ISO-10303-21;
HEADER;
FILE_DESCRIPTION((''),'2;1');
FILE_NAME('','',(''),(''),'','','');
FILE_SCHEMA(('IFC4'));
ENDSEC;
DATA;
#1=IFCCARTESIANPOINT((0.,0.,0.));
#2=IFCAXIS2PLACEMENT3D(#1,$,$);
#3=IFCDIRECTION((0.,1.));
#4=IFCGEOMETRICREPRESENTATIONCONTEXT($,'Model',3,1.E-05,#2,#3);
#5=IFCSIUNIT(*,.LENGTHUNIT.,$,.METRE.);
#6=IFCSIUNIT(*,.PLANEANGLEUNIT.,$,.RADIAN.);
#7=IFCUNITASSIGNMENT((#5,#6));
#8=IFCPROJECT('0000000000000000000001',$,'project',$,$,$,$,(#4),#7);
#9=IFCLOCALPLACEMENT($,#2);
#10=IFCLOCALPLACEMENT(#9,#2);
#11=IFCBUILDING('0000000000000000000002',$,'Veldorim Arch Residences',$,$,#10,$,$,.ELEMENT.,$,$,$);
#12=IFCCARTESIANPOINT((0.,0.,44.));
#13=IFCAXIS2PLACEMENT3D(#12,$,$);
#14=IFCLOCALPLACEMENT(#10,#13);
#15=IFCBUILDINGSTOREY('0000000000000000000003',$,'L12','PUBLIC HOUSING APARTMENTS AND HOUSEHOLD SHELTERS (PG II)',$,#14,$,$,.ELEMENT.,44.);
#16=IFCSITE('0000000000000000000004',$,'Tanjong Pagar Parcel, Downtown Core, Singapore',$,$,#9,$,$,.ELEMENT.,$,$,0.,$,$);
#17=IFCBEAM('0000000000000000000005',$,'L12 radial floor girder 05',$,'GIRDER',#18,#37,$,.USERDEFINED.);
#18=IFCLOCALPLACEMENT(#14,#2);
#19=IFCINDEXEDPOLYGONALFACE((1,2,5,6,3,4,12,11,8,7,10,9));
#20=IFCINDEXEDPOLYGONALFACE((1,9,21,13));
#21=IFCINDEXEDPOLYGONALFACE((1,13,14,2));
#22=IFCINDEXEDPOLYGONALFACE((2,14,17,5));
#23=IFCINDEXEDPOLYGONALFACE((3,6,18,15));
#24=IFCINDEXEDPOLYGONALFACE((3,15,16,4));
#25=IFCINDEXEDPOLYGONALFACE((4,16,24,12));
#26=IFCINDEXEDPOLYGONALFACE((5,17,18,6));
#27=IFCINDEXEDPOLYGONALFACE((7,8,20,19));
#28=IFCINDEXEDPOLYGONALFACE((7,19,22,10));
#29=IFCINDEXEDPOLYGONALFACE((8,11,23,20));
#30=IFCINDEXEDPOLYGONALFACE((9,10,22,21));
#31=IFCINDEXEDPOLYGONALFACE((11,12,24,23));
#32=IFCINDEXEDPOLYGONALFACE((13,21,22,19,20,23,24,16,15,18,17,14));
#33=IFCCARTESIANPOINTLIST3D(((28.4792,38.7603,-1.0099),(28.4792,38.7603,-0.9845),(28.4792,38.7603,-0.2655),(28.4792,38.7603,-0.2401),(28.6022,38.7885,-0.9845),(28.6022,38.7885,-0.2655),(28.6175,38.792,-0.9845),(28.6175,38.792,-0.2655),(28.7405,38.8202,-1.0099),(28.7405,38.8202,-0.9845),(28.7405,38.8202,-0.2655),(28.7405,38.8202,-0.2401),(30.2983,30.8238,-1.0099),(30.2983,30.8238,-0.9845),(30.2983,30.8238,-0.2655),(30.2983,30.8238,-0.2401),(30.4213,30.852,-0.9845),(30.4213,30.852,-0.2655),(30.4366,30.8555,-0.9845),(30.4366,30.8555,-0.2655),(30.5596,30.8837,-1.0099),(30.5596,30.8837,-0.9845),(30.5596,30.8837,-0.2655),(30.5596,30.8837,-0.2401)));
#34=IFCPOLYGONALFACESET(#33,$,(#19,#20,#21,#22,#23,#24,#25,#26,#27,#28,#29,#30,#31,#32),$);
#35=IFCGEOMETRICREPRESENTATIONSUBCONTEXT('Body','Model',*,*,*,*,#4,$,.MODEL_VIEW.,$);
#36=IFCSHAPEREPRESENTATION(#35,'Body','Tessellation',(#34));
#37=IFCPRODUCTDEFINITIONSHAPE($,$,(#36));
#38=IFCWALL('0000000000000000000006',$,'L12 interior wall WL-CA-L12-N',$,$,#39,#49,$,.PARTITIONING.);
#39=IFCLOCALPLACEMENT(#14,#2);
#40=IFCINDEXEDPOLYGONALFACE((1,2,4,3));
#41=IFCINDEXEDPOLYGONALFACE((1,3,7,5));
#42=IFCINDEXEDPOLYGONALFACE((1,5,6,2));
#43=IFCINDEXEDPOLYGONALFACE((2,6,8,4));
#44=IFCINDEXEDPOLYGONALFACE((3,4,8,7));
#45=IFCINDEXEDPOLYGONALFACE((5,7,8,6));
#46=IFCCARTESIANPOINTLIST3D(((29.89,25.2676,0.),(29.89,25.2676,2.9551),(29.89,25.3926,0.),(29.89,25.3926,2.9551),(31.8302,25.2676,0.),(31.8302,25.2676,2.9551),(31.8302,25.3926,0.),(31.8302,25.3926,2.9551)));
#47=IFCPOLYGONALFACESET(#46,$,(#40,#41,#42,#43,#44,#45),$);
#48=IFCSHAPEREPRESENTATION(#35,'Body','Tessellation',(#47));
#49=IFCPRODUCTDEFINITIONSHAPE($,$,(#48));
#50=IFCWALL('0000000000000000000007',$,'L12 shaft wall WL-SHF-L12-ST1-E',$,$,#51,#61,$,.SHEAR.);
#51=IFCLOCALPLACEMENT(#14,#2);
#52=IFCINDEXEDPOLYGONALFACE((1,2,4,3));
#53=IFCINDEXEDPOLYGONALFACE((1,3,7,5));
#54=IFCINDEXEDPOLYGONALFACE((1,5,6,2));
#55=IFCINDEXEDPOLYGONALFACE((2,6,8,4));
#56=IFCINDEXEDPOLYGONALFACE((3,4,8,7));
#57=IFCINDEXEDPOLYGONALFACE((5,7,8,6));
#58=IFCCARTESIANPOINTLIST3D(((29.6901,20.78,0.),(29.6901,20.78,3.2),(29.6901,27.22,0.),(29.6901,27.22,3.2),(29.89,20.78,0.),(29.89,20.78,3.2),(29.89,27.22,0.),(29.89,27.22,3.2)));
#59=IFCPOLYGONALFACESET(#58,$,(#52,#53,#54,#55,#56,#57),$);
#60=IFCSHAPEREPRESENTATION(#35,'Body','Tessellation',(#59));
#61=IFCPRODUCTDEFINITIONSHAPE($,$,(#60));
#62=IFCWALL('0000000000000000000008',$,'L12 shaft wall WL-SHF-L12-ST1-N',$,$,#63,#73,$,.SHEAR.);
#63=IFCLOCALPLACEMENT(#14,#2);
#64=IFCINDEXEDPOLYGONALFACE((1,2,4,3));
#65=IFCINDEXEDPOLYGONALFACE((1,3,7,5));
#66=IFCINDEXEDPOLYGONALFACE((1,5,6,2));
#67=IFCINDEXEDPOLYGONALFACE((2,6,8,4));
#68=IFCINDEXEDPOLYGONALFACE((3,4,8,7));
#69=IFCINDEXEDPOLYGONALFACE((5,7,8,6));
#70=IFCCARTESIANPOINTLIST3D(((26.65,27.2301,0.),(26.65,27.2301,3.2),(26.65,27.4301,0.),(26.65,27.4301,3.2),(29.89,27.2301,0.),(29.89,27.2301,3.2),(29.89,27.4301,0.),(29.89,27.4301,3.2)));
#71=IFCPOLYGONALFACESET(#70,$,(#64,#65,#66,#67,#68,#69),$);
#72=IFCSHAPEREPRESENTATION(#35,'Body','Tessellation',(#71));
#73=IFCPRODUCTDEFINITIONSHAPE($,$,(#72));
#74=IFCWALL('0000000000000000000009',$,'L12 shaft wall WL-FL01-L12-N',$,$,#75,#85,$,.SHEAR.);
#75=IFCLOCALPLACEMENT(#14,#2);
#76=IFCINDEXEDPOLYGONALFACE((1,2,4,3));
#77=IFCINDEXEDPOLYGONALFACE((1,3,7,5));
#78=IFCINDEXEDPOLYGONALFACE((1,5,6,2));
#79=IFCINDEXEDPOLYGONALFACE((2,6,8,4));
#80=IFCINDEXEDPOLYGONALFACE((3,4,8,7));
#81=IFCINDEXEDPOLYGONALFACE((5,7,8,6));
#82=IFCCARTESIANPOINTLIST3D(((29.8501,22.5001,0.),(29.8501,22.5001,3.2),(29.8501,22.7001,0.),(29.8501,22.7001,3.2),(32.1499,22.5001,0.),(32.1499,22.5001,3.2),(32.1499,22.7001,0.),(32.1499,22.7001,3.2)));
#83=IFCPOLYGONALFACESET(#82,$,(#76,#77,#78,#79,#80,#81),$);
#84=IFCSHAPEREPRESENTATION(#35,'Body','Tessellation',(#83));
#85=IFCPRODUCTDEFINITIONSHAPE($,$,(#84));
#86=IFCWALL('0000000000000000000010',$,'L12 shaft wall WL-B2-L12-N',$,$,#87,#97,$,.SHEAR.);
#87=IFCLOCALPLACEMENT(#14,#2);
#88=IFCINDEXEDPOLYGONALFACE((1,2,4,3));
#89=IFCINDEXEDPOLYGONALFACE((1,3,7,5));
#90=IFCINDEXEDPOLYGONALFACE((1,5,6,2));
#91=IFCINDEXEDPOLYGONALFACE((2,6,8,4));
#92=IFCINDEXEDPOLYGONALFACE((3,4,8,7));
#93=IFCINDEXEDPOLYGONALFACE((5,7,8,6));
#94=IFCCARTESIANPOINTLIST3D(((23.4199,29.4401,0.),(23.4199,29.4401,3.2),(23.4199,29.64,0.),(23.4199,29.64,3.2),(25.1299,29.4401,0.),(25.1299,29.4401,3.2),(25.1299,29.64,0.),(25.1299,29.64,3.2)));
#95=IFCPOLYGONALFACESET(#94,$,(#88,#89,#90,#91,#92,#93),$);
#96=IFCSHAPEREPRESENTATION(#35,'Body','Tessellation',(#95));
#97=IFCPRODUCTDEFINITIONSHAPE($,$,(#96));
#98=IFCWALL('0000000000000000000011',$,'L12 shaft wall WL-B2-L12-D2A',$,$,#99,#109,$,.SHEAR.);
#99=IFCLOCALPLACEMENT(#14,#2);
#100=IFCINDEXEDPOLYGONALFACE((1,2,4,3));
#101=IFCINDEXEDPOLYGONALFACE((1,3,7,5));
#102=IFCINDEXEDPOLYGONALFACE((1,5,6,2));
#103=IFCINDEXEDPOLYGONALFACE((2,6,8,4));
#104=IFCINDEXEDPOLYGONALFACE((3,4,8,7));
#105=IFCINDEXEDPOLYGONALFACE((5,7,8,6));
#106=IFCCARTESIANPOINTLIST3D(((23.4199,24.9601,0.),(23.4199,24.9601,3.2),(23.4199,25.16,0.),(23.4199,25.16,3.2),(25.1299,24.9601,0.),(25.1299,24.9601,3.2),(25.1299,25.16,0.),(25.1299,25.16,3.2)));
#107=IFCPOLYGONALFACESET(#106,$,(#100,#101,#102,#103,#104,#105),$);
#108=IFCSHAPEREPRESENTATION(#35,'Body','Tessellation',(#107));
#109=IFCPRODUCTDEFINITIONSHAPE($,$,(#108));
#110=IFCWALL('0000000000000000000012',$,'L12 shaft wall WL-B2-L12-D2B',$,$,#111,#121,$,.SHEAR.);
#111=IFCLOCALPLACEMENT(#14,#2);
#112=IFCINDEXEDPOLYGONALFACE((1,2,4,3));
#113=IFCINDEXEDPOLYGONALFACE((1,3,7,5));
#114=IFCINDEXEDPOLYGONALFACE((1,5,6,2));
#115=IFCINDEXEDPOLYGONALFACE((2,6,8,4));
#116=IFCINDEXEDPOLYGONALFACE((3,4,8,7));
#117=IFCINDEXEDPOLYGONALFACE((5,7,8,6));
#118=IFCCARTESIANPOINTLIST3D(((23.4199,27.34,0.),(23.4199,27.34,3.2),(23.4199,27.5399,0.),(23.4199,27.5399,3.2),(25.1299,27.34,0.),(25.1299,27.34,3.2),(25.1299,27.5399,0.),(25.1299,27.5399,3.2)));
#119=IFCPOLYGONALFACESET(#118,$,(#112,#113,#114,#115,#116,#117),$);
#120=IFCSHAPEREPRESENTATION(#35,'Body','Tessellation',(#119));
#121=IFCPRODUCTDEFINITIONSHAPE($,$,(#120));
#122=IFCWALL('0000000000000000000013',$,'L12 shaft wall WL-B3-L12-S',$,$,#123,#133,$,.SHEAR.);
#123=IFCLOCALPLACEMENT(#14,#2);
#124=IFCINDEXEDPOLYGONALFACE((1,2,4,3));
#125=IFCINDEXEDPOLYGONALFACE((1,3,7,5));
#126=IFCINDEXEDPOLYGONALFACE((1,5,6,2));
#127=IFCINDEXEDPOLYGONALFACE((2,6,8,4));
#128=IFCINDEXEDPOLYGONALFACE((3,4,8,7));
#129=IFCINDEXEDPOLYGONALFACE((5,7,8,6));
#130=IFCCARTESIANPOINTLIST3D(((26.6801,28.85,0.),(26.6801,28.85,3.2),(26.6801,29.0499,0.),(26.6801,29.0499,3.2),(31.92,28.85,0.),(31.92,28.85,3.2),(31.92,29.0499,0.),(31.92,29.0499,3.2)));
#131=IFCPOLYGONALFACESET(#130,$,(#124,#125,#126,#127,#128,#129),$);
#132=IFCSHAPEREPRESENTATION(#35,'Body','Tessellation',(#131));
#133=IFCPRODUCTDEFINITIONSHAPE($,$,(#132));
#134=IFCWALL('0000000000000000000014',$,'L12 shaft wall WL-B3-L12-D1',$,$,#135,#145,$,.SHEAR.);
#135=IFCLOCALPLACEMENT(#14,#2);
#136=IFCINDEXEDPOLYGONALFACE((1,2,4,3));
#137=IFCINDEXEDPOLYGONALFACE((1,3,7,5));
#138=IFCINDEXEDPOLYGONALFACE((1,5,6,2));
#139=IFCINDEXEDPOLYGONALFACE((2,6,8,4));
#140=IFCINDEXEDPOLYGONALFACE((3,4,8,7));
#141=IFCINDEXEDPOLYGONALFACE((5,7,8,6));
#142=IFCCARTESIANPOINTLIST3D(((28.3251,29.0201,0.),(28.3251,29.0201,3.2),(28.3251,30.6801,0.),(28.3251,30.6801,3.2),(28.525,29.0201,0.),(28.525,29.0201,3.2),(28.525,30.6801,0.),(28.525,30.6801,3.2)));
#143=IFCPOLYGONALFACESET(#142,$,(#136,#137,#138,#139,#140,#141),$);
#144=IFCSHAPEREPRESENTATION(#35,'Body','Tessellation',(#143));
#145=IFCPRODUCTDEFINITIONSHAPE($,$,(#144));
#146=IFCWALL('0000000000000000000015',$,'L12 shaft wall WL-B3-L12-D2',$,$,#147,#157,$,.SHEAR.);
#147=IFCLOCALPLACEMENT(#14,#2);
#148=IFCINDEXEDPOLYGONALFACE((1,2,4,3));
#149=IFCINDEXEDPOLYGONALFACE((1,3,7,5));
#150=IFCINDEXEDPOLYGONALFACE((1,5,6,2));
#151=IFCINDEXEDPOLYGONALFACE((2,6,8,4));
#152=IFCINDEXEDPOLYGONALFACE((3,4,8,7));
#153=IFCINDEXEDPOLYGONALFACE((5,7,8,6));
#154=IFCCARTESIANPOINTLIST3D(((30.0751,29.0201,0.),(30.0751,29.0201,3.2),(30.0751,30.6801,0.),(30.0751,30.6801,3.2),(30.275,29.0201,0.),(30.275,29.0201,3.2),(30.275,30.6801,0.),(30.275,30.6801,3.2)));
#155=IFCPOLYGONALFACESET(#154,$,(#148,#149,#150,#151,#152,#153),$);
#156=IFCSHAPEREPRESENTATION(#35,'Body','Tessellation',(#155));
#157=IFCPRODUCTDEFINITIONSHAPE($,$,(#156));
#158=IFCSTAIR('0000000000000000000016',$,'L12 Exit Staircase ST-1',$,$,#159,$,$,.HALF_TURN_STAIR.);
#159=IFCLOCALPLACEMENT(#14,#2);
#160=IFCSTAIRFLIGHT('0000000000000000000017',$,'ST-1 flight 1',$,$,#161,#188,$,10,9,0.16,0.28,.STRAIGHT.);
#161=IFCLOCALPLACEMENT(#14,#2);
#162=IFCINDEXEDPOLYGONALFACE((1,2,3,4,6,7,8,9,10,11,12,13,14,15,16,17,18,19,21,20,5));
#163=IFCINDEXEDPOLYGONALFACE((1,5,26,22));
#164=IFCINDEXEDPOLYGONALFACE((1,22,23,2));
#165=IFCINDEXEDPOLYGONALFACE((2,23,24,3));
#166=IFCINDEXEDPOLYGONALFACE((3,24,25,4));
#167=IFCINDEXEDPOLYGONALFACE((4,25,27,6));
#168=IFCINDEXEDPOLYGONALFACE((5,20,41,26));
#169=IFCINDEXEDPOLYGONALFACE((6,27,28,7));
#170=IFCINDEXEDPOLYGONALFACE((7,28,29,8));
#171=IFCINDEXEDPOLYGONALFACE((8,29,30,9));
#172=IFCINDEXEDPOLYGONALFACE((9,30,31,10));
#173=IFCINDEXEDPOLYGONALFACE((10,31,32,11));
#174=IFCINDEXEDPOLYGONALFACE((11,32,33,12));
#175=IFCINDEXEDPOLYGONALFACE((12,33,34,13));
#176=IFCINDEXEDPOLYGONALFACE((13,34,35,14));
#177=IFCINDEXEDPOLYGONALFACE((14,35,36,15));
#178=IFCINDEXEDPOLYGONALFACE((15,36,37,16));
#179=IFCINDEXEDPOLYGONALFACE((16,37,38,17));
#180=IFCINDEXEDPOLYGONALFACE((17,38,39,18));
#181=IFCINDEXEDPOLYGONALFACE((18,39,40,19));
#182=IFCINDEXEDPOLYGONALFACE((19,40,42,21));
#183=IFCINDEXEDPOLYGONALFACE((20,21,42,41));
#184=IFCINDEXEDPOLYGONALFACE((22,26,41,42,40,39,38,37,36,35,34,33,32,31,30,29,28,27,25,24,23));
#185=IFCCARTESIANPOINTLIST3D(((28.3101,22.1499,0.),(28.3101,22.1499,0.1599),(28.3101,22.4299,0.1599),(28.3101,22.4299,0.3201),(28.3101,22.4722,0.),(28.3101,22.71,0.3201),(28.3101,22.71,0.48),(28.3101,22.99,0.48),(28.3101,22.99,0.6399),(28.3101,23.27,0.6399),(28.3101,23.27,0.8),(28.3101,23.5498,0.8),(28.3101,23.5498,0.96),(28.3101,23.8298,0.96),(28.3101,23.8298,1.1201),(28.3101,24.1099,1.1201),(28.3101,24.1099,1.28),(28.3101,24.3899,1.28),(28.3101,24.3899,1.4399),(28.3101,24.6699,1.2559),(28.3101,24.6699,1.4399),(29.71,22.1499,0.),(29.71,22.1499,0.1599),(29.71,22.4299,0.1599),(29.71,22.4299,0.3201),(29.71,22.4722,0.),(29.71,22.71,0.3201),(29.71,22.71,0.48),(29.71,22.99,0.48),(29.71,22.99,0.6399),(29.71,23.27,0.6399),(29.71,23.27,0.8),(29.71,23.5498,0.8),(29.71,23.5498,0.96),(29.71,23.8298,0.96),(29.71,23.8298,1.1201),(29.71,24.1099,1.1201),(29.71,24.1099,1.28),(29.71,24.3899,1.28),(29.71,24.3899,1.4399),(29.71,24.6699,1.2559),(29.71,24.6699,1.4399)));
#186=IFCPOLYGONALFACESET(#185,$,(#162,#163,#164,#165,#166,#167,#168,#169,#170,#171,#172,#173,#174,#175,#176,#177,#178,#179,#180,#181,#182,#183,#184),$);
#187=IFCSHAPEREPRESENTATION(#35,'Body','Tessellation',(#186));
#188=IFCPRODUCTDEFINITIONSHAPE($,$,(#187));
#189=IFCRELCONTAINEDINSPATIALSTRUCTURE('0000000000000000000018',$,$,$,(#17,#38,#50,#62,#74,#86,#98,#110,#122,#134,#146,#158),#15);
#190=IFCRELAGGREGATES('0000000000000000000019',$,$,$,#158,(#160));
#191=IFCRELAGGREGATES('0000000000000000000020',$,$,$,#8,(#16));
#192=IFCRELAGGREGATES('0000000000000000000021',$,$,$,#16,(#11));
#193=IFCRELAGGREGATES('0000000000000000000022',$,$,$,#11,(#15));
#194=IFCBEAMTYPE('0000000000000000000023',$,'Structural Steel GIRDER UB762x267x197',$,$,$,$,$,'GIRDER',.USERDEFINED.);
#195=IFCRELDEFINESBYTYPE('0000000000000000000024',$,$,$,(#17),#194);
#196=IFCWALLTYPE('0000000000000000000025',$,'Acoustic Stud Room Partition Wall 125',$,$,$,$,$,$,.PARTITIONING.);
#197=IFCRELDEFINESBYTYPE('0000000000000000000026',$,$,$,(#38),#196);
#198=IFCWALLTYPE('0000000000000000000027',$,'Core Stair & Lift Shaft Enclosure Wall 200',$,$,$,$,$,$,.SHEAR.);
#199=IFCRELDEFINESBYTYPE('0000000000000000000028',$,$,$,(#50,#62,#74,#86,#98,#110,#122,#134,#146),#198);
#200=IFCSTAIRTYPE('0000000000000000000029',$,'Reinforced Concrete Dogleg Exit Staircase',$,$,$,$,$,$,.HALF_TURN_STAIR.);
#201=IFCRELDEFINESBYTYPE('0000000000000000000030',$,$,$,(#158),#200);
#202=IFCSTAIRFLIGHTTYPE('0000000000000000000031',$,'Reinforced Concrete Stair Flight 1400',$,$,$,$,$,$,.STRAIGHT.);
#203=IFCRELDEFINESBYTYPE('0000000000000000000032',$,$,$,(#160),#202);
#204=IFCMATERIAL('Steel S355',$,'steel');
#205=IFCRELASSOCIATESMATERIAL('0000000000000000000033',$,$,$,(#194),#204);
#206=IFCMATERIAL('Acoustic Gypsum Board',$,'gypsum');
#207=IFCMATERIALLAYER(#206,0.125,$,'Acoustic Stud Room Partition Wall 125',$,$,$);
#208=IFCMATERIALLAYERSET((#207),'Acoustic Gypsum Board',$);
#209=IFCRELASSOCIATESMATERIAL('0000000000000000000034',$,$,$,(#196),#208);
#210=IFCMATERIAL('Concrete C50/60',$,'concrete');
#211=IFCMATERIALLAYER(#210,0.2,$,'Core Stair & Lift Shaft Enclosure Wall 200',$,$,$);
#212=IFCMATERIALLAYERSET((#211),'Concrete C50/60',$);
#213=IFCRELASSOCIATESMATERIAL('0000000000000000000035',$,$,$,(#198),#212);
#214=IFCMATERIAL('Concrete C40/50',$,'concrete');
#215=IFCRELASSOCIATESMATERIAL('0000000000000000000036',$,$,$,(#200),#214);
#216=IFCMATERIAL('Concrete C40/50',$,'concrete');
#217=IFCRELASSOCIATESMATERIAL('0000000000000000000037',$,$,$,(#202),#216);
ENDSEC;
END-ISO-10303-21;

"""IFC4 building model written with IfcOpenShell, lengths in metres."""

from ifc_helpers import new_model, si_unit, direction, frame, frame_2d, origin, origin_2d, place, context, subcontext, project, spatial, polyline, rectangle, i_section, outline, extrude, material, layer, layer_set, material_profile, profile_set, type_object, element, aggregate, save


model = new_model("IFC4")

# Units and contexts
model_context = context("Model", 3, precision=1e-05, world=origin(), true_north=direction((0.0, 1.0)))
body_context = subcontext(model_context, "Body", "Model", "MODEL_VIEW")
ifc_project = project(units=[si_unit("LENGTHUNIT", "METRE"), si_unit("PLANEANGLEUNIT", "RADIAN")], contexts=[model_context])

# Site, building, storey
site_placement = place(None, origin())
site = spatial("IfcSite", under=ifc_project, at=site_placement, Name="Tanjong Pagar Parcel, Downtown Core, Singapore", CompositionType="ELEMENT", RefElevation=0.0)
building_placement = place(site_placement, origin())
building = spatial("IfcBuilding", under=site, at=building_placement, Name="Veldorim Arch Residences", CompositionType="ELEMENT")
storey_placement = place(building_placement, frame((0.0, 0.0, 44.0)))
storey = spatial("IfcBuildingStorey", under=building, at=storey_placement, Name="L12", Description="PUBLIC HOUSING APARTMENTS AND HOUSEHOLD SHELTERS (PG II)", CompositionType="ELEMENT", Elevation=44.0)

# Beam
ifc_material_1 = material(Name="Steel S355", Category="steel")
ifc_material_profile = material_profile(ifc_material_1, i_section(OverallWidth=0.2681, OverallDepth=0.7698, WebThickness=0.0156, FlangeThickness=0.0254, at=origin_2d()), Name="UB762x267x197")
ifc_profile_set = profile_set([ifc_material_profile], Name="Steel S355")
beam_type = type_object("IfcBeamType", Name="Structural Steel GIRDER UB762x267x197", ElementType="GIRDER", PredefinedType="USERDEFINED", material=ifc_profile_set)
beam_placement = place(storey_placement, frame((30.429, 30.8538, -0.625), z_axis=(-0.223412, 0.974724, 0.0), x_axis=(-0.974724, -0.223412, 0.0)))
element("IfcBeam", 1, at=beam_placement, inside=storey, type_object=beam_type, Name="L12 radial floor girder 05", ObjectType="GIRDER", PredefinedType="USERDEFINED", context=body_context, shape_type="SweptSolid", body=[
    extrude(i_section(OverallWidth=0.2681, OverallDepth=0.7698, WebThickness=0.0156, FlangeThickness=0.0254, at=origin_2d()), origin(), (0.0, 0.0, 1.0), 8.1423),
])

# Walls
ifc_material_2 = material(Name="Acoustic Gypsum Board", Category="gypsum")
ifc_layer_1 = layer(ifc_material_2, 0.125, Name="Acoustic Stud Room Partition Wall 125")
ifc_layer_set_1 = layer_set([ifc_layer_1], Name="Acoustic Gypsum Board")
wall_type_1 = type_object("IfcWallType", Name="Acoustic Stud Room Partition Wall 125", PredefinedType="PARTITIONING", material=ifc_layer_set_1)
wall_1_placement = place(storey_placement, frame((29.8899, 25.3301, 0.0), z_axis=(0.0, 0.0, 1.0), x_axis=(1.0, 0.0, 0.0)))
element("IfcWall", 2, at=wall_1_placement, inside=storey, type_object=wall_type_1, Name="L12 interior wall WL-CA-L12-N", PredefinedType="PARTITIONING", context=body_context, shape_type="SweptSolid", body=[
    extrude(rectangle(XDim=1.9402, YDim=0.125, at=frame_2d((0.9702, 0.0))), origin(), (0.0, 0.0, 1.0), 2.9551),
])
ifc_material_3 = material(Name="Concrete C50/60", Category="concrete")
ifc_layer_2 = layer(ifc_material_3, 0.2, Name="Core Stair & Lift Shaft Enclosure Wall 200")
ifc_layer_set_2 = layer_set([ifc_layer_2], Name="Concrete C50/60")
wall_type_2 = type_object("IfcWallType", Name="Core Stair & Lift Shaft Enclosure Wall 200", PredefinedType="SHEAR", material=ifc_layer_set_2)
wall_2_placement = place(storey_placement, frame((29.79, 20.78, 0.0), z_axis=(0.0, 0.0, 1.0), x_axis=(0.0, 1.0, 0.0)))
element("IfcWall", 3, at=wall_2_placement, inside=storey, type_object=wall_type_2, Name="L12 shaft wall WL-SHF-L12-ST1-E", PredefinedType="SHEAR", context=body_context, shape_type="SweptSolid", body=[
    extrude(rectangle(XDim=6.4399, YDim=0.2, at=frame_2d((3.22, 0.0))), origin(), (0.0, 0.0, 1.0), 3.2),
])
wall_3_placement = place(storey_placement, frame((26.6499, 27.3301, 0.0), z_axis=(0.0, 0.0, 1.0), x_axis=(1.0, 0.0, 0.0)))
element("IfcWall", 4, at=wall_3_placement, inside=storey, type_object=wall_type_2, Name="L12 shaft wall WL-SHF-L12-ST1-N", PredefinedType="SHEAR", context=body_context, shape_type="SweptSolid", body=[
    extrude(rectangle(XDim=3.24, YDim=0.2, at=frame_2d((1.6201, 0.0))), origin(), (0.0, 0.0, 1.0), 3.2),
])

# Walls
wall_4_placement = place(storey_placement, frame((29.8501, 22.6001, 0.0), z_axis=(0.0, 0.0, 1.0), x_axis=(1.0, 0.0, 0.0)))
element("IfcWall", 5, at=wall_4_placement, inside=storey, type_object=wall_type_2, Name="L12 shaft wall WL-FL01-L12-N", PredefinedType="SHEAR", context=body_context, shape_type="SweptSolid", body=[
    extrude(rectangle(XDim=2.2998, YDim=0.2, at=frame_2d((1.1499, 0.0))), origin(), (0.0, 0.0, 1.0), 3.2),
])
for number, where, z_axis, x_axis, name in (
    (6, (23.4199, 29.54, 0.0), (0.0, 0.0, 1.0), (1.0, 0.0, 0.0), "L12 shaft wall WL-B2-L12-N"),
    (7, (23.4199, 25.0601, 0.0), (0.0, 0.0, 1.0), (1.0, 0.0, 0.0), "L12 shaft wall WL-B2-L12-D2A"),
    (8, (23.4199, 27.4399, 0.0), (0.0, 0.0, 1.0), (1.0, 0.0, 0.0), "L12 shaft wall WL-B2-L12-D2B"),
):
    element("IfcWall", number, at=place(storey_placement, frame(where, z_axis=z_axis, x_axis=x_axis)), inside=storey, type_object=wall_type_2, Name=name, PredefinedType="SHEAR", context=body_context, shape_type="SweptSolid", body=[
        extrude(rectangle(XDim=1.71, YDim=0.2, at=frame_2d((0.855, 0.0))), origin(), (0.0, 0.0, 1.0), 3.2),
    ])
wall_5_placement = place(storey_placement, frame((26.6799, 28.95, 0.0), z_axis=(0.0, 0.0, 1.0), x_axis=(1.0, 0.0, 0.0)))
element("IfcWall", 9, at=wall_5_placement, inside=storey, type_object=wall_type_2, Name="L12 shaft wall WL-B3-L12-S", PredefinedType="SHEAR", context=body_context, shape_type="SweptSolid", body=[
    extrude(rectangle(XDim=5.24, YDim=0.2, at=frame_2d((2.6201, 0.0))), origin(), (0.0, 0.0, 1.0), 3.2),
])
for number, where, z_axis, x_axis, name in (
    (10, (28.425, 29.02, 0.0), (0.0, 0.0, 1.0), (0.0, 1.0, 0.0), "L12 shaft wall WL-B3-L12-D1"),
    (11, (30.175, 29.02, 0.0), (0.0, 0.0, 1.0), (0.0, 1.0, 0.0), "L12 shaft wall WL-B3-L12-D2"),
):
    element("IfcWall", number, at=place(storey_placement, frame(where, z_axis=z_axis, x_axis=x_axis)), inside=storey, type_object=wall_type_2, Name=name, PredefinedType="SHEAR", context=body_context, shape_type="SweptSolid", body=[
        extrude(rectangle(XDim=1.6599, YDim=0.2, at=frame_2d((0.8301, 0.0))), origin(), (0.0, 0.0, 1.0), 3.2),
    ])

# Stair, stair flight
ifc_material_4 = material(Name="Concrete C40/50", Category="concrete")
stair_type = type_object("IfcStairType", Name="Reinforced Concrete Dogleg Exit Staircase", PredefinedType="HALF_TURN_STAIR", material=ifc_material_4)
stair_placement = place(storey_placement, origin())
stair = element("IfcStair", 12, at=stair_placement, inside=storey, type_object=stair_type, Name="L12 Exit Staircase ST-1", PredefinedType="HALF_TURN_STAIR")
ifc_material_5 = material(Name="Concrete C40/50", Category="concrete")
stair_flight_type = type_object("IfcStairFlightType", Name="Reinforced Concrete Stair Flight 1400", PredefinedType="STRAIGHT", material=ifc_material_5)
stair_flight_1_placement = place(storey_placement, frame((29.01, 22.1499, 0.0), z_axis=(0.0, 0.0, 1.0), x_axis=(0.0, 1.0, 0.0)))
stair_flight_1 = element("IfcStairFlight", 13, at=stair_flight_1_placement, type_object=stair_flight_type, Name="ST-1 flight 1", NumberOfRisers=10, NumberOfTreads=9, PredefinedType="STRAIGHT", RiserHeight=0.16, TreadLength=0.28, context=body_context, shape_type="SweptSolid", body=[
    extrude(outline(polyline([(0.0, 0.0), (0.0, 0.1599), (0.28, 0.1599), (0.28, 0.3201), (0.5601, 0.3201), (0.5601, 0.48), (0.8401, 0.48), (0.8401, 0.6399), (1.1201, 0.6399), (1.1201, 0.8), (1.3999, 0.8), (1.3999, 0.96), (1.6799, 0.96), (1.6799, 1.1201), (1.96, 1.1201), (1.96, 1.28), (2.24, 1.28), (2.24, 1.4399), (2.52, 1.4399), (2.52, 1.6001), (2.52, 1.2559), (0.3223, 0.0), (0.0, 0.0)])), frame((0.0, 0.7, 0.0), z_axis=(0.0, -1.0, 0.0), x_axis=(1.0, 0.0, 0.0)), (0.0, 0.0, 1.0), 1.3999),
])
aggregate(stair, [stair_flight_1])

save(model, "model.ifc")
